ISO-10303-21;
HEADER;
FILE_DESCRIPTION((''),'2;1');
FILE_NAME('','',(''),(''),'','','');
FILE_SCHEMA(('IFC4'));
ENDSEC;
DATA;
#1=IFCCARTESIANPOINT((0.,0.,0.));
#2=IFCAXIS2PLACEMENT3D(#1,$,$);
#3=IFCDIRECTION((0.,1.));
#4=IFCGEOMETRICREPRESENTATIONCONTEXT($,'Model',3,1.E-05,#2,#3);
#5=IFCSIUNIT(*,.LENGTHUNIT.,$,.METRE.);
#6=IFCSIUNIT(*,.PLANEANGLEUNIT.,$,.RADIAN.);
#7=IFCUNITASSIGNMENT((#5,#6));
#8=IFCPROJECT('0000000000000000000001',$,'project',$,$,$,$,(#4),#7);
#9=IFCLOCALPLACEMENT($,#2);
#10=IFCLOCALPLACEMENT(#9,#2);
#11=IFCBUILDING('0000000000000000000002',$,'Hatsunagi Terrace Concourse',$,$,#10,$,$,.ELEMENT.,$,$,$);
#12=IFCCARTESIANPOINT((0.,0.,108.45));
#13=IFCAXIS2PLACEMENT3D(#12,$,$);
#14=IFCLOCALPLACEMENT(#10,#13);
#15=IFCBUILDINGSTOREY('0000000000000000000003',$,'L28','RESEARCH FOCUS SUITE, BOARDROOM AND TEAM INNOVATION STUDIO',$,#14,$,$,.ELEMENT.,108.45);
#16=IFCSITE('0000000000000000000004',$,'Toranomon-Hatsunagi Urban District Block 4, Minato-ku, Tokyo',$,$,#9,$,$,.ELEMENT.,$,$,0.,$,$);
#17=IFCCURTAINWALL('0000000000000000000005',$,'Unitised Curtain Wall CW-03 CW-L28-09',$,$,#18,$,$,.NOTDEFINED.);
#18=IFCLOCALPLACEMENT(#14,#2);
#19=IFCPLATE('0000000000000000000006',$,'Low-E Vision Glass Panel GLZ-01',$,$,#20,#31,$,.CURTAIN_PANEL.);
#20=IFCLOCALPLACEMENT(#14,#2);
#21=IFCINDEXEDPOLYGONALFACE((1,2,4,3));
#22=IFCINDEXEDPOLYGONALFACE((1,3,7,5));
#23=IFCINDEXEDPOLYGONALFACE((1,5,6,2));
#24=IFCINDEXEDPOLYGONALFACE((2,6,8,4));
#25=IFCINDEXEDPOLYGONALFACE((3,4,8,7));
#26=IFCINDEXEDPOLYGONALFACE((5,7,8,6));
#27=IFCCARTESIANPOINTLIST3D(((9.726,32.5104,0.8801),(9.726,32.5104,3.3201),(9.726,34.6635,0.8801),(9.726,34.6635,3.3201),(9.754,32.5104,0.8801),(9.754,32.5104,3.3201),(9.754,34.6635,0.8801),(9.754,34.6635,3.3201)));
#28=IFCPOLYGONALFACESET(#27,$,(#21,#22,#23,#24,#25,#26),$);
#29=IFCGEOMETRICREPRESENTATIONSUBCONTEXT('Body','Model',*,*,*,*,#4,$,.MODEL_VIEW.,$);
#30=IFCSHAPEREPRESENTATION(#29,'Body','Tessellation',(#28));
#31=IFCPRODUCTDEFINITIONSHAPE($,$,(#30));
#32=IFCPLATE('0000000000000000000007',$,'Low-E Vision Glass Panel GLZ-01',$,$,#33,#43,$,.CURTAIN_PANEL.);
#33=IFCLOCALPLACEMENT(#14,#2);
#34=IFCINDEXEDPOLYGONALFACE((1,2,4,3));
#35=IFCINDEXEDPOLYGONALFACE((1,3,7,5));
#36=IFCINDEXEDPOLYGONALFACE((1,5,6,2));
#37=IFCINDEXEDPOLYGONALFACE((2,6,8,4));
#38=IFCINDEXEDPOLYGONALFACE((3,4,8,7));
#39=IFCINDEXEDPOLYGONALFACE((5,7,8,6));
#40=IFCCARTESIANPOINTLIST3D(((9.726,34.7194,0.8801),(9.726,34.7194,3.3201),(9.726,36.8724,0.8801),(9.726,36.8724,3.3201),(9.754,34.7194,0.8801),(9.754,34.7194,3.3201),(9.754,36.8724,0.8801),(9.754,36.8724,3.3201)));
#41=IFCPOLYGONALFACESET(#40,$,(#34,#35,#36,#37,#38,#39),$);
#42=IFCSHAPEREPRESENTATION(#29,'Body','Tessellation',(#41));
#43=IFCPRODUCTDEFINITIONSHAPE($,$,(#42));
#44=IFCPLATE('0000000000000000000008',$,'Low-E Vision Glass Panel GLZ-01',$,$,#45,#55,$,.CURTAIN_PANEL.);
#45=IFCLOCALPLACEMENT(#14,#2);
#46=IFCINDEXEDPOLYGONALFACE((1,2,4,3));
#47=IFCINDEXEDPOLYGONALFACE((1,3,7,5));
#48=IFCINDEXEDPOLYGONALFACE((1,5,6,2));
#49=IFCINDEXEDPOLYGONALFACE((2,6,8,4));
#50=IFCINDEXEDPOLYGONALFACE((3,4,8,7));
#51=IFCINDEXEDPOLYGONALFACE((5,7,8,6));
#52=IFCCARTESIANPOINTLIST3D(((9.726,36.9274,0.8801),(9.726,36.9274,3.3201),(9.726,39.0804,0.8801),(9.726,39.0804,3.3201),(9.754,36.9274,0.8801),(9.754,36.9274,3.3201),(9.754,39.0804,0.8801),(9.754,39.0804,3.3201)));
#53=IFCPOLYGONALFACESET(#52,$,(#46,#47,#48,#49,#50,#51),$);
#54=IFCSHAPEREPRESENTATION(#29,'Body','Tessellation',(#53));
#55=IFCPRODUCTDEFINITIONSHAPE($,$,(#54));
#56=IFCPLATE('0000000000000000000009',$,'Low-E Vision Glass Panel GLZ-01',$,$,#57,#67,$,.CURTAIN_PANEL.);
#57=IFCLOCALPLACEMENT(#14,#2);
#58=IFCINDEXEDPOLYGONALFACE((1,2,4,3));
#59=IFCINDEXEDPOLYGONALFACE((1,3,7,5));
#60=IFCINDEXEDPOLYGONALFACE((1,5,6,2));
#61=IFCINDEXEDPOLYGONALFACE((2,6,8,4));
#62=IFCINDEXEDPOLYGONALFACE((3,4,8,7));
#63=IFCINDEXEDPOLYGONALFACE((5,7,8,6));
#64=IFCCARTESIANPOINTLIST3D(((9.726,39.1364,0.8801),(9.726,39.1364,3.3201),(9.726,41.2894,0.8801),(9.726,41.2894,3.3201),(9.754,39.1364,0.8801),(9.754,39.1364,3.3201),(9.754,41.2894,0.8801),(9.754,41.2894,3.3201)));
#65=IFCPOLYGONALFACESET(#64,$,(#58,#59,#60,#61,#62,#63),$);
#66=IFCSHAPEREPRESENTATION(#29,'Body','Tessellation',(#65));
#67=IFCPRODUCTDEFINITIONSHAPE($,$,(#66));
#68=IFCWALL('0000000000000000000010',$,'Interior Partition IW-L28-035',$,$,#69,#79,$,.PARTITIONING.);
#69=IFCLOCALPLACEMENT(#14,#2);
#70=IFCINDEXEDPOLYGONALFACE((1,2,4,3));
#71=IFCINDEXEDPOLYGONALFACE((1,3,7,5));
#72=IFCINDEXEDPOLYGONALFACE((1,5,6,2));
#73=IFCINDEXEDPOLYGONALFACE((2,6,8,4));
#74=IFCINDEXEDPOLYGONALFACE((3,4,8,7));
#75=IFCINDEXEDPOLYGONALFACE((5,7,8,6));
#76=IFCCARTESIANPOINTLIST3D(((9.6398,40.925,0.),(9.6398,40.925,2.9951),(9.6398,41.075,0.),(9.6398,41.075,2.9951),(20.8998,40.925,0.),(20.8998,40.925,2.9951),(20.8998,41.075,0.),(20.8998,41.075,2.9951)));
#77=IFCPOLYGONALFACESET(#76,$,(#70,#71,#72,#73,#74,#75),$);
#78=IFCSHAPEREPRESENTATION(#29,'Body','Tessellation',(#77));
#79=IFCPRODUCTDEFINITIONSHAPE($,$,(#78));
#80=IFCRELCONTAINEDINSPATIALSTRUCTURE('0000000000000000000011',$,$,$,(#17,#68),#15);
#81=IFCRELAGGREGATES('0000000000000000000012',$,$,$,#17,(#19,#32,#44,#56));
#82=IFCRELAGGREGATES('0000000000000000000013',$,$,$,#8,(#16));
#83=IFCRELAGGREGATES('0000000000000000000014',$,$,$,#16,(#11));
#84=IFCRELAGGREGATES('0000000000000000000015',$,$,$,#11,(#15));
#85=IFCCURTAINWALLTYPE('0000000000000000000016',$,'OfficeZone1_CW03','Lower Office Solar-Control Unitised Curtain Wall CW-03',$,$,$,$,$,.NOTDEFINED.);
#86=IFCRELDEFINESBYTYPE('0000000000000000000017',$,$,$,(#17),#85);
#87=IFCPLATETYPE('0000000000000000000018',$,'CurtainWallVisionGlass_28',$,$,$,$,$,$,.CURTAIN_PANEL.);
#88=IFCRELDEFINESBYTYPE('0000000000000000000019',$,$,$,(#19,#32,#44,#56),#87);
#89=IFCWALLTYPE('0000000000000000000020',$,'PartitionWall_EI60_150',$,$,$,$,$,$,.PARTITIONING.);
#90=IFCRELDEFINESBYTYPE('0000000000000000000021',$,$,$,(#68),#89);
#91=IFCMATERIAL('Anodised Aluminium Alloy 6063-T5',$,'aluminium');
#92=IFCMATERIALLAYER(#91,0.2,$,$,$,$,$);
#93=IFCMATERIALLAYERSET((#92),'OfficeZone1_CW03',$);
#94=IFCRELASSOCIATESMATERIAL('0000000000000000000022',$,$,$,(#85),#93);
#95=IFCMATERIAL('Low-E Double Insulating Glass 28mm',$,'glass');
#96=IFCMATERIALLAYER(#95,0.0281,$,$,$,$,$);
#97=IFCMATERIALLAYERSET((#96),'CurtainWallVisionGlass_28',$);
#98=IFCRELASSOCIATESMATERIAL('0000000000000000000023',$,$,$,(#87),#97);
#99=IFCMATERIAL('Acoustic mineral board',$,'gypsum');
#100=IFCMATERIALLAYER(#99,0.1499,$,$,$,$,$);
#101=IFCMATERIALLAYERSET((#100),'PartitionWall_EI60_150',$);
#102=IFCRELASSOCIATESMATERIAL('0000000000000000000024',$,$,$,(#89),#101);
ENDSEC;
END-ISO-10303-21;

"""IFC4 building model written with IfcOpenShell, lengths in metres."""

from ifc_helpers import new_model, si_unit, direction, frame, frame_2d, origin, origin_2d, place, context, subcontext, project, spatial, rectangle, extrude, material, layer, layer_set, type_object, element, aggregate, save


model = new_model("IFC4")

# Units and contexts
model_context = context("Model", 3, precision=1e-05, world=origin(), true_north=direction((0.0, 1.0)))
body_context = subcontext(model_context, "Body", "Model", "MODEL_VIEW")
ifc_project = project(units=[si_unit("LENGTHUNIT", "METRE"), si_unit("PLANEANGLEUNIT", "RADIAN")], contexts=[model_context])

# Site, building, storey
site_placement = place(None, origin())
site = spatial("IfcSite", under=ifc_project, at=site_placement, Name="Toranomon-Hatsunagi Urban District Block 4, Minato-ku, Tokyo", CompositionType="ELEMENT", RefElevation=0.0)
building_placement = place(site_placement, origin())
building = spatial("IfcBuilding", under=site, at=building_placement, Name="Hatsunagi Terrace Concourse", CompositionType="ELEMENT")
storey_placement = place(building_placement, frame((0.0, 0.0, 108.45)))
storey = spatial("IfcBuildingStorey", under=building, at=storey_placement, Name="L28", Description="RESEARCH FOCUS SUITE, BOARDROOM AND TEAM INNOVATION STUDIO", CompositionType="ELEMENT", Elevation=108.45)

# Curtain wall
ifc_material_1 = material(Name="Anodised Aluminium Alloy 6063-T5", Category="aluminium")
ifc_layer_1 = layer(ifc_material_1, 0.2)
ifc_layer_set_1 = layer_set([ifc_layer_1], Name="OfficeZone1_CW03")
curtain_wall_type = type_object("IfcCurtainWallType", Name="OfficeZone1_CW03", Description="Lower Office Solar-Control Unitised Curtain Wall CW-03", PredefinedType="NOTDEFINED", material=ifc_layer_set_1)
curtain_wall_placement = place(storey_placement, origin())
curtain_wall = element("IfcCurtainWall", 1, at=curtain_wall_placement, inside=storey, type_object=curtain_wall_type, Name="Unitised Curtain Wall CW-03 CW-L28-09", PredefinedType="NOTDEFINED")

# Plates
ifc_material_2 = material(Name="Low-E Double Insulating Glass 28mm", Category="glass")
ifc_layer_2 = layer(ifc_material_2, 0.0281)
ifc_layer_set_2 = layer_set([ifc_layer_2], Name="CurtainWallVisionGlass_28")
plate_type_1 = type_object("IfcPlateType", Name="CurtainWallVisionGlass_28", PredefinedType="CURTAIN_PANEL", material=ifc_layer_set_2)
plate_1_placement = place(storey_placement, frame((9.74, 33.5869, 0.8801), z_axis=(0.0, 0.0, 1.0), x_axis=(0.0, 1.0, 0.0)))
plate_1 = element("IfcPlate", 2, at=plate_1_placement, type_object=plate_type_1, Name="Low-E Vision Glass Panel GLZ-01", PredefinedType="CURTAIN_PANEL", context=body_context, shape_type="SweptSolid", body=[
    extrude(rectangle(XDim=2.1531, YDim=0.0281, at=origin_2d()), origin(), (0.0, 0.0, 1.0), 2.4399),
])
plate_2_placement = place(storey_placement, frame((9.74, 35.7959, 0.8801), z_axis=(0.0, 0.0, 1.0), x_axis=(0.0, 1.0, 0.0)))
plate_2 = element("IfcPlate", 3, at=plate_2_placement, type_object=plate_type_1, Name="Low-E Vision Glass Panel GLZ-01", PredefinedType="CURTAIN_PANEL", context=body_context, shape_type="SweptSolid", body=[
    extrude(rectangle(XDim=2.1531, YDim=0.0281, at=origin_2d()), origin(), (0.0, 0.0, 1.0), 2.4399),
])
plate_3_placement = place(storey_placement, frame((9.74, 38.0039, 0.8801), z_axis=(0.0, 0.0, 1.0), x_axis=(0.0, 1.0, 0.0)))
plate_3 = element("IfcPlate", 4, at=plate_3_placement, type_object=plate_type_1, Name="Low-E Vision Glass Panel GLZ-01", PredefinedType="CURTAIN_PANEL", context=body_context, shape_type="SweptSolid", body=[
    extrude(rectangle(XDim=2.1531, YDim=0.0281, at=origin_2d()), origin(), (0.0, 0.0, 1.0), 2.4399),
])
plate_4_placement = place(storey_placement, frame((9.74, 40.2129, 0.8801), z_axis=(0.0, 0.0, 1.0), x_axis=(0.0, 1.0, 0.0)))
plate_4 = element("IfcPlate", 5, at=plate_4_placement, type_object=plate_type_1, Name="Low-E Vision Glass Panel GLZ-01", PredefinedType="CURTAIN_PANEL", context=body_context, shape_type="SweptSolid", body=[
    extrude(rectangle(XDim=2.1531, YDim=0.0281, at=origin_2d()), origin(), (0.0, 0.0, 1.0), 2.4399),
])
aggregate(curtain_wall, [plate_1, plate_2, plate_3, plate_4])

# Wall
ifc_material_3 = material(Name="Acoustic mineral board", Category="gypsum")
ifc_layer_3 = layer(ifc_material_3, 0.1499)
ifc_layer_set_3 = layer_set([ifc_layer_3], Name="PartitionWall_EI60_150")
wall_type = type_object("IfcWallType", Name="PartitionWall_EI60_150", PredefinedType="PARTITIONING", material=ifc_layer_set_3)
wall_placement = place(storey_placement, frame((9.6399, 41.0, 0.0), z_axis=(0.0, 0.0, 1.0), x_axis=(1.0, 0.0, 0.0)))
element("IfcWall", 6, at=wall_placement, inside=storey, type_object=wall_type, Name="Interior Partition IW-L28-035", PredefinedType="PARTITIONING", context=body_context, shape_type="SweptSolid", body=[
    extrude(rectangle(XDim=11.26, YDim=0.1499, at=frame_2d((5.6299, 0.0))), origin(), (0.0, 0.0, 1.0), 2.9951),
])

save(model, "model.ifc")
